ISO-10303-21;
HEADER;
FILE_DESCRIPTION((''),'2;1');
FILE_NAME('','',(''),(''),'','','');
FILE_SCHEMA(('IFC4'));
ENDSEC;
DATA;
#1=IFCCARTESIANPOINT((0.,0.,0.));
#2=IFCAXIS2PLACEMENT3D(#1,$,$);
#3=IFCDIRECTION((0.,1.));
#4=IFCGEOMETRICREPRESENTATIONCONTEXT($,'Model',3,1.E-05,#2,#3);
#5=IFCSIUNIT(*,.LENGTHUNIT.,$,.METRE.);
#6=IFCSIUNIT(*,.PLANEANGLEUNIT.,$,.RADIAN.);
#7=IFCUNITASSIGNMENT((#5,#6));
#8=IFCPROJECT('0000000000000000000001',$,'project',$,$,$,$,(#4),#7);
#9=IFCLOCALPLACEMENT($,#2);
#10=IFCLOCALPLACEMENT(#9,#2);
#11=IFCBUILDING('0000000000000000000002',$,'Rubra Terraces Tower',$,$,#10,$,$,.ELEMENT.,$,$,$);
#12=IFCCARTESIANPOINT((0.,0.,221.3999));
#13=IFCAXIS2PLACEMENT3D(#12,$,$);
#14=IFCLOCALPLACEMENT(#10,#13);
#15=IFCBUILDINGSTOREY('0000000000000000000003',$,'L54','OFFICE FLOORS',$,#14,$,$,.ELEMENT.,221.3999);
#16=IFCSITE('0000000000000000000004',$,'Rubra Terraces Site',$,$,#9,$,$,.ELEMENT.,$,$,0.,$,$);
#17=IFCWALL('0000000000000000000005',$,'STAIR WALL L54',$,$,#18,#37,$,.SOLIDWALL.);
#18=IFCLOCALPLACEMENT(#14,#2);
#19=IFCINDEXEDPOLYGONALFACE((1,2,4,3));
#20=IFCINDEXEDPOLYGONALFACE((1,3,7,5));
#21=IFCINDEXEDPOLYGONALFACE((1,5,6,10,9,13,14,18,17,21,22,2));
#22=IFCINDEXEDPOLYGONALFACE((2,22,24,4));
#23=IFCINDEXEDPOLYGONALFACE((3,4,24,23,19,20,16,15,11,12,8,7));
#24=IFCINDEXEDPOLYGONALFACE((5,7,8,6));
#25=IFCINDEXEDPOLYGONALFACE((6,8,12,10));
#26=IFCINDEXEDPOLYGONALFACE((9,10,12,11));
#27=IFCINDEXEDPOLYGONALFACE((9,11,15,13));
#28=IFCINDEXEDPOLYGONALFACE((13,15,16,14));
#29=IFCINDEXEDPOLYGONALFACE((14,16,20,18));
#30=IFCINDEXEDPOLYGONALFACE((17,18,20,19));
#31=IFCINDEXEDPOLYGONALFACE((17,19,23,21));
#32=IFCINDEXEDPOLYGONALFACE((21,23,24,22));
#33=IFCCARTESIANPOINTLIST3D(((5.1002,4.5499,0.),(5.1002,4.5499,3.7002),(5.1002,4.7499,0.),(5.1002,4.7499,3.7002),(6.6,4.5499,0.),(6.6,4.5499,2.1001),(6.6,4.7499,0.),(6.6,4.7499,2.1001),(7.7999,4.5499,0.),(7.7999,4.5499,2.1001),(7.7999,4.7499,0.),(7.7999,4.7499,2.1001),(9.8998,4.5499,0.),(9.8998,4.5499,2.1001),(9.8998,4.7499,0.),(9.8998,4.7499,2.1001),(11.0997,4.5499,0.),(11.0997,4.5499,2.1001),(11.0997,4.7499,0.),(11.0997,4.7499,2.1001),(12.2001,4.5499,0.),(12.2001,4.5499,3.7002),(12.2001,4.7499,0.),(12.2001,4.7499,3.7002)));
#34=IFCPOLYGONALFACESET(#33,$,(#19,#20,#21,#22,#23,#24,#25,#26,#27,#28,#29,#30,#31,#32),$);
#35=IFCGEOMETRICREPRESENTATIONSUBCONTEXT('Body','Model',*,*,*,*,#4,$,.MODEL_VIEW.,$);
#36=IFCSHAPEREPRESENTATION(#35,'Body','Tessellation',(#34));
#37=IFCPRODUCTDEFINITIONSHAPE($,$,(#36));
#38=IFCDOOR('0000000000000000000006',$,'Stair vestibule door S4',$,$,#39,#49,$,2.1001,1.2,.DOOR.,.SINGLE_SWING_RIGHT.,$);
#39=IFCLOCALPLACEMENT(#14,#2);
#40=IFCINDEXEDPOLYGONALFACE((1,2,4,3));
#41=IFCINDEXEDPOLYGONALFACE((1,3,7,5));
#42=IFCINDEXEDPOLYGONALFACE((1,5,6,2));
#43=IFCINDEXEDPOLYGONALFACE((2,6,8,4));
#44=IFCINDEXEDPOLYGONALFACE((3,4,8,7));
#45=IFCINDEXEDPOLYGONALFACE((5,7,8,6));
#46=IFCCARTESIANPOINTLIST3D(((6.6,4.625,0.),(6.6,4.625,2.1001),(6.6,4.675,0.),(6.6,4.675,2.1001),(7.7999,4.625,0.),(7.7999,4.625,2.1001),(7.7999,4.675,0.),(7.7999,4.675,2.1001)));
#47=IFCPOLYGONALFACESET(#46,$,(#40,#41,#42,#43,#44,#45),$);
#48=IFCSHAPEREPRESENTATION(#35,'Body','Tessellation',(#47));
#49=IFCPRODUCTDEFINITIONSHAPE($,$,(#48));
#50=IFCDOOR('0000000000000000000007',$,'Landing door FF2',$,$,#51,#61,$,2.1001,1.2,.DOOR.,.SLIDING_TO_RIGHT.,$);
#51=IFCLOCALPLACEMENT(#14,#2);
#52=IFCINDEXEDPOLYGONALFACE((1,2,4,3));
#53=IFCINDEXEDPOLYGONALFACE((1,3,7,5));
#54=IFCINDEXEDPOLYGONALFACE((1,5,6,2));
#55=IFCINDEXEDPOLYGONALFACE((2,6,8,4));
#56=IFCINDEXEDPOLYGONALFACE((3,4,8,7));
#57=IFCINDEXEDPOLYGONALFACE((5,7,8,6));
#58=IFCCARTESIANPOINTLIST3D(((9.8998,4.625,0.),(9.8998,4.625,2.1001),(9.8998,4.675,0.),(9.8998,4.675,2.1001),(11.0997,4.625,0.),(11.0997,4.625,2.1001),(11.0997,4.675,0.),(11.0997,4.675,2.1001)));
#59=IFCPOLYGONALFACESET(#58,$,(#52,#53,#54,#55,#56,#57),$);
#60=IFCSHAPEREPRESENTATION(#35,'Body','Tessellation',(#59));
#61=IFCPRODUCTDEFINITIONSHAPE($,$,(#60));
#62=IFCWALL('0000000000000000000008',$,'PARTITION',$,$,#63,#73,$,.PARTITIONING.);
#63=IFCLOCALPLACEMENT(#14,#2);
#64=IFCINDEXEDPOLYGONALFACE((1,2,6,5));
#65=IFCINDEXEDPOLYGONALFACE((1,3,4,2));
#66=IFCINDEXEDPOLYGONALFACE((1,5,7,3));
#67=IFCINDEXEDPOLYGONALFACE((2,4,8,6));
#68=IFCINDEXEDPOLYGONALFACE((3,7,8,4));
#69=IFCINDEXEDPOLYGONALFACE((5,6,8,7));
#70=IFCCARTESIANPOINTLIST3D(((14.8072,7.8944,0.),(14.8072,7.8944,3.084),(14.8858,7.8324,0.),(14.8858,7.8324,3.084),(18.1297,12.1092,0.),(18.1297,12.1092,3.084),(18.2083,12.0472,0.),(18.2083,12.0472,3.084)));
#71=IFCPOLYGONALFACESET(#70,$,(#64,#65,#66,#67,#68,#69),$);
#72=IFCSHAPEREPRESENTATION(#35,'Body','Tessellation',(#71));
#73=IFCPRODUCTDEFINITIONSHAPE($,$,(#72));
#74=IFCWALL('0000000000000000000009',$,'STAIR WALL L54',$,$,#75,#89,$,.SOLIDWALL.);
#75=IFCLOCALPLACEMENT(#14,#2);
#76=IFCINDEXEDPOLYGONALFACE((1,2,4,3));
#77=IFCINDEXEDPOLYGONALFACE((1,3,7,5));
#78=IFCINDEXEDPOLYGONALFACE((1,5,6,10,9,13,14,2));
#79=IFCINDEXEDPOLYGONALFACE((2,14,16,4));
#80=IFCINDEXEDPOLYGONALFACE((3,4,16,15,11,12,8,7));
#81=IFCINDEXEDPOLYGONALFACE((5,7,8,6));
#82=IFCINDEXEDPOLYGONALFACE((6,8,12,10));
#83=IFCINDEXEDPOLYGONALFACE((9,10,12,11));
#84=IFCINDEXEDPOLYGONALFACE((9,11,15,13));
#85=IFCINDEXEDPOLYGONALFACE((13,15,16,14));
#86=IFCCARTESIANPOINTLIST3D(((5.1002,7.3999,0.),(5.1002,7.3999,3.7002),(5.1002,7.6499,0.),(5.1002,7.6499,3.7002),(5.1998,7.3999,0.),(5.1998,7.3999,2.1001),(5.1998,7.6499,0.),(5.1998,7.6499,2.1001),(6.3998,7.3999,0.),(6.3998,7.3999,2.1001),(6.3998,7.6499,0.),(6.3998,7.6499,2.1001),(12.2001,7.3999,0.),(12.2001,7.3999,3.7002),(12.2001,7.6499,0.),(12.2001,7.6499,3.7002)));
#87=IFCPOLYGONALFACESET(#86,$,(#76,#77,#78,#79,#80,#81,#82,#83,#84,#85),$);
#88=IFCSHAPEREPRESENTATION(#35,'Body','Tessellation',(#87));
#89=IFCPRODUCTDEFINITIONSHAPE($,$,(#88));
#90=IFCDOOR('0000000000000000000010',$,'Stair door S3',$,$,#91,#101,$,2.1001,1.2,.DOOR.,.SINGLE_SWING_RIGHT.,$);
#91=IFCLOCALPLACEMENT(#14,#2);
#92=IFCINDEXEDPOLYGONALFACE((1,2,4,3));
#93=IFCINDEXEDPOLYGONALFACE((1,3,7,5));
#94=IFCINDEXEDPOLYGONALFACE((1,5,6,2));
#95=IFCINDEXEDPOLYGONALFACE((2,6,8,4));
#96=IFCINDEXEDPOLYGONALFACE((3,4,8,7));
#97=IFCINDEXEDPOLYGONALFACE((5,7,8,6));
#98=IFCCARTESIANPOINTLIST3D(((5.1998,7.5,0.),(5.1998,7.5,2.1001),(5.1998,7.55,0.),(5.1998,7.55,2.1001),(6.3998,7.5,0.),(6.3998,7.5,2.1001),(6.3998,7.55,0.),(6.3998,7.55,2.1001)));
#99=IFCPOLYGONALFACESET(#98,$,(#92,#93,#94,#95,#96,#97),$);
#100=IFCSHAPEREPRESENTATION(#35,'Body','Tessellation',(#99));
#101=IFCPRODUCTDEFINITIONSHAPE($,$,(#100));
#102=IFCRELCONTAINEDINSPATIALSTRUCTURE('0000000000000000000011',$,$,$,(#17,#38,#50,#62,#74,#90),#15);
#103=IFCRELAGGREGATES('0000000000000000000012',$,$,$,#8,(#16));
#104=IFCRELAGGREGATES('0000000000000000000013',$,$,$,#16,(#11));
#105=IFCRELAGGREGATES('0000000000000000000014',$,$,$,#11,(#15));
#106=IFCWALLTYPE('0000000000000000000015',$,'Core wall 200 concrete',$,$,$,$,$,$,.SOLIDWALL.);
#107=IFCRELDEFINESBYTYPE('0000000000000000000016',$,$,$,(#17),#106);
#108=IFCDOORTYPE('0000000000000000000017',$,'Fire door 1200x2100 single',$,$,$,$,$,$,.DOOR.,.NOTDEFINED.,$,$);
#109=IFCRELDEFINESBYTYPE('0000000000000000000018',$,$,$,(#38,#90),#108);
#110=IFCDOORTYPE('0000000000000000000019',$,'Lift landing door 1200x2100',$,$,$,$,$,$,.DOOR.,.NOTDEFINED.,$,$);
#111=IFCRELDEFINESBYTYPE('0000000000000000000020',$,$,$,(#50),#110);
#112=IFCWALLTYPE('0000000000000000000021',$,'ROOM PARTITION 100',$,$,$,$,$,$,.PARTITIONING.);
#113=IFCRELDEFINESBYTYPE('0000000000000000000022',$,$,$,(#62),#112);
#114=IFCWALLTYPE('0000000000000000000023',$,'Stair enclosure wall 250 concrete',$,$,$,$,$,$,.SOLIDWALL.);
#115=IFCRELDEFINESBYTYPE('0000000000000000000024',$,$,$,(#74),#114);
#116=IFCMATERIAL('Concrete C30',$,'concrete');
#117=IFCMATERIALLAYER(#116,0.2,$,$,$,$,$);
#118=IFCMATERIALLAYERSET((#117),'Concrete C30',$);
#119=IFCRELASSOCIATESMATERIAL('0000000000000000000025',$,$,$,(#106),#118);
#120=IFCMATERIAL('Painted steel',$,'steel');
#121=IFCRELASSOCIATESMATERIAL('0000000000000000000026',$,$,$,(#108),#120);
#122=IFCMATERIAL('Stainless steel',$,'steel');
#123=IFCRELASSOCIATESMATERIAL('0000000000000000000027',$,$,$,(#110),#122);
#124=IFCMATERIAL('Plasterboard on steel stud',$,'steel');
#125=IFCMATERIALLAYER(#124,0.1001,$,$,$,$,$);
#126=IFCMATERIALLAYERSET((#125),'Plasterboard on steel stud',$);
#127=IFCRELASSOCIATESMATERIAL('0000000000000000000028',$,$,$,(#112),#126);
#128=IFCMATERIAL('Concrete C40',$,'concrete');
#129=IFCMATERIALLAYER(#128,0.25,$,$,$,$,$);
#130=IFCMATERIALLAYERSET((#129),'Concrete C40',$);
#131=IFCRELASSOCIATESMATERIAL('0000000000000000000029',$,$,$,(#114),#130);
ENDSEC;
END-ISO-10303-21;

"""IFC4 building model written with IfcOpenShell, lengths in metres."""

from ifc_helpers import new_model, si_unit, direction, frame, frame_2d, origin, place, context, subcontext, project, spatial, rectangle, extrude, material, layer, layer_set, type_object, element, fill, save


model = new_model("IFC4")

# Units and contexts
model_context = context("Model", 3, precision=1e-05, world=origin(), true_north=direction((0.0, 1.0)))
body_context = subcontext(model_context, "Body", "Model", "MODEL_VIEW")
ifc_project = project(units=[si_unit("LENGTHUNIT", "METRE"), si_unit("PLANEANGLEUNIT", "RADIAN")], contexts=[model_context])

# Site, building, storey
site_placement = place(None, origin())
site = spatial("IfcSite", under=ifc_project, at=site_placement, Name="Rubra Terraces Site", CompositionType="ELEMENT", RefElevation=0.0)
building_placement = place(site_placement, origin())
building = spatial("IfcBuilding", under=site, at=building_placement, Name="Rubra Terraces Tower", CompositionType="ELEMENT")
storey_placement = place(building_placement, frame((0.0, 0.0, 221.3999)))
storey = spatial("IfcBuildingStorey", under=building, at=storey_placement, Name="L54", Description="OFFICE FLOORS", CompositionType="ELEMENT", Elevation=221.3999)

# Shared definitions
ifc_material_1 = material(Name="Concrete C40", Category="concrete")

# Wall, openings, doors
ifc_material_2 = material(Name="Concrete C30", Category="concrete")
ifc_layer_1 = layer(ifc_material_2, 0.2)
ifc_layer_set_1 = layer_set([ifc_layer_1], Name="Concrete C30")
wall_type_1 = type_object("IfcWallType", Name="Core wall 200 concrete", PredefinedType="SOLIDWALL", material=ifc_layer_set_1)
wall_1_placement = place(storey_placement, frame((12.2, 4.6499, 0.0), z_axis=(0.0, 0.0, 1.0), x_axis=(-1.0, 0.0, 0.0)))
wall_1 = element("IfcWall", 1, at=wall_1_placement, inside=storey, type_object=wall_type_1, Name="STAIR WALL L54", PredefinedType="SOLIDWALL", context=body_context, shape_type="SweptSolid", body=[
    extrude(rectangle(XDim=7.0999, YDim=0.2, at=frame_2d((3.5498, 0.0))), origin(), (0.0, 0.0, 1.0), 3.7002),
])
opening_1_placement = place(wall_1_placement, frame((4.3999, 0.0, 0.0)))
opening_1 = element("IfcOpeningElement", 2, at=opening_1_placement, cuts=wall_1, PredefinedType="OPENING", context=body_context, shape_type="SweptSolid", body=[
    extrude(rectangle(XDim=1.2, YDim=2.1001, at=frame_2d((0.6001, 1.05))), frame((0.0, 0.1099, 0.0), z_axis=(0.0, -1.0, 0.0), x_axis=(1.0, 0.0, 0.0)), (0.0, 0.0, 1.0), 0.22),
])
opening_2_placement = place(wall_1_placement, frame((1.1001, 0.0, 0.0)))
opening_2 = element("IfcOpeningElement", 3, at=opening_2_placement, cuts=wall_1, PredefinedType="OPENING", context=body_context, shape_type="SweptSolid", body=[
    extrude(rectangle(XDim=1.2, YDim=2.1001, at=frame_2d((0.6001, 1.05))), frame((0.0, 0.1099, 0.0), z_axis=(0.0, -1.0, 0.0), x_axis=(1.0, 0.0, 0.0)), (0.0, 0.0, 1.0), 0.22),
])
ifc_material_3 = material(Name="Painted steel", Category="steel")
door_type_1 = type_object("IfcDoorType", Name="Fire door 1200x2100 single", OperationType="NOTDEFINED", PredefinedType="DOOR", material=ifc_material_3)
door_1_placement = place(opening_1_placement, origin())
door_1 = element("IfcDoor", 4, at=door_1_placement, inside=storey, type_object=door_type_1, Name="Stair vestibule door S4", OperationType="SINGLE_SWING_RIGHT", OverallHeight=2.1001, OverallWidth=1.2, PredefinedType="DOOR", context=body_context, shape_type="SweptSolid", body=[
    extrude(rectangle(XDim=1.2, YDim=2.1001, at=frame_2d((0.6001, 1.05))), frame((0.0, 0.0249, 0.0), z_axis=(0.0, -1.0, 0.0), x_axis=(1.0, 0.0, 0.0)), (0.0, 0.0, 1.0), 0.05),
])
fill(opening_1, door_1)
ifc_material_4 = material(Name="Stainless steel", Category="steel")
door_type_2 = type_object("IfcDoorType", Name="Lift landing door 1200x2100", OperationType="NOTDEFINED", PredefinedType="DOOR", material=ifc_material_4)
door_2_placement = place(opening_2_placement, origin())
door_2 = element("IfcDoor", 5, at=door_2_placement, inside=storey, type_object=door_type_2, Name="Landing door FF2", OperationType="SLIDING_TO_RIGHT", OverallHeight=2.1001, OverallWidth=1.2, PredefinedType="DOOR", context=body_context, shape_type="SweptSolid", body=[
    extrude(rectangle(XDim=1.2, YDim=2.1001, at=frame_2d((0.6001, 1.05))), frame((0.0, 0.0249, 0.0), z_axis=(0.0, -1.0, 0.0), x_axis=(1.0, 0.0, 0.0)), (0.0, 0.0, 1.0), 0.05),
])
fill(opening_2, door_2)

# Wall
ifc_material_5 = material(Name="Plasterboard on steel stud", Category="steel")
ifc_layer_2 = layer(ifc_material_5, 0.1001)
ifc_layer_set_2 = layer_set([ifc_layer_2], Name="Plasterboard on steel stud")
wall_type_2 = type_object("IfcWallType", Name="ROOM PARTITION 100", PredefinedType="PARTITIONING", material=ifc_layer_set_2)
wall_2_placement = place(storey_placement, frame((14.8464, 7.8633, 0.0), z_axis=(0.0, 0.0, 1.0), x_axis=(0.61907, 0.785336, 0.0)))
element("IfcWall", 6, at=wall_2_placement, inside=storey, type_object=wall_type_2, Name="PARTITION", PredefinedType="PARTITIONING", context=body_context, shape_type="SweptSolid", body=[
    extrude(rectangle(XDim=5.3669, YDim=0.1001, at=frame_2d((2.6836, 0.0))), origin(), (0.0, 0.0, 1.0), 3.084),
])

# Wall, opening, door
ifc_layer_3 = layer(ifc_material_1, 0.25)
ifc_layer_set_3 = layer_set([ifc_layer_3], Name="Concrete C40")
wall_type_3 = type_object("IfcWallType", Name="Stair enclosure wall 250 concrete", PredefinedType="SOLIDWALL", material=ifc_layer_set_3)
wall_3_placement = place(storey_placement, frame((12.2, 7.5249, 0.0), z_axis=(0.0, 0.0, 1.0), x_axis=(-1.0, 0.0, 0.0)))
wall_3 = element("IfcWall", 7, at=wall_3_placement, inside=storey, type_object=wall_type_3, Name="STAIR WALL L54", PredefinedType="SOLIDWALL", context=body_context, shape_type="SweptSolid", body=[
    extrude(rectangle(XDim=7.0999, YDim=0.25, at=frame_2d((3.5498, 0.0))), origin(), (0.0, 0.0, 1.0), 3.7002),
])
opening_3_placement = place(wall_3_placement, frame((5.8, 0.0, 0.0)))
opening_3 = element("IfcOpeningElement", 8, at=opening_3_placement, cuts=wall_3, PredefinedType="OPENING", context=body_context, shape_type="SweptSolid", body=[
    extrude(rectangle(XDim=1.2, YDim=2.1001, at=frame_2d((0.6001, 1.05))), frame((0.0, 0.135, 0.0), z_axis=(0.0, -1.0, 0.0), x_axis=(1.0, 0.0, 0.0)), (0.0, 0.0, 1.0), 0.27),
])
door_3_placement = place(opening_3_placement, origin())
door_3 = element("IfcDoor", 9, at=door_3_placement, inside=storey, type_object=door_type_1, Name="Stair door S3", OperationType="SINGLE_SWING_RIGHT", OverallHeight=2.1001, OverallWidth=1.2, PredefinedType="DOOR", context=body_context, shape_type="SweptSolid", body=[
    extrude(rectangle(XDim=1.2, YDim=2.1001, at=frame_2d((0.6001, 1.05))), frame((0.0, 0.0249, 0.0), z_axis=(0.0, -1.0, 0.0), x_axis=(1.0, 0.0, 0.0)), (0.0, 0.0, 1.0), 0.05),
])
fill(opening_3, door_3)

save(model, "model.ifc")
